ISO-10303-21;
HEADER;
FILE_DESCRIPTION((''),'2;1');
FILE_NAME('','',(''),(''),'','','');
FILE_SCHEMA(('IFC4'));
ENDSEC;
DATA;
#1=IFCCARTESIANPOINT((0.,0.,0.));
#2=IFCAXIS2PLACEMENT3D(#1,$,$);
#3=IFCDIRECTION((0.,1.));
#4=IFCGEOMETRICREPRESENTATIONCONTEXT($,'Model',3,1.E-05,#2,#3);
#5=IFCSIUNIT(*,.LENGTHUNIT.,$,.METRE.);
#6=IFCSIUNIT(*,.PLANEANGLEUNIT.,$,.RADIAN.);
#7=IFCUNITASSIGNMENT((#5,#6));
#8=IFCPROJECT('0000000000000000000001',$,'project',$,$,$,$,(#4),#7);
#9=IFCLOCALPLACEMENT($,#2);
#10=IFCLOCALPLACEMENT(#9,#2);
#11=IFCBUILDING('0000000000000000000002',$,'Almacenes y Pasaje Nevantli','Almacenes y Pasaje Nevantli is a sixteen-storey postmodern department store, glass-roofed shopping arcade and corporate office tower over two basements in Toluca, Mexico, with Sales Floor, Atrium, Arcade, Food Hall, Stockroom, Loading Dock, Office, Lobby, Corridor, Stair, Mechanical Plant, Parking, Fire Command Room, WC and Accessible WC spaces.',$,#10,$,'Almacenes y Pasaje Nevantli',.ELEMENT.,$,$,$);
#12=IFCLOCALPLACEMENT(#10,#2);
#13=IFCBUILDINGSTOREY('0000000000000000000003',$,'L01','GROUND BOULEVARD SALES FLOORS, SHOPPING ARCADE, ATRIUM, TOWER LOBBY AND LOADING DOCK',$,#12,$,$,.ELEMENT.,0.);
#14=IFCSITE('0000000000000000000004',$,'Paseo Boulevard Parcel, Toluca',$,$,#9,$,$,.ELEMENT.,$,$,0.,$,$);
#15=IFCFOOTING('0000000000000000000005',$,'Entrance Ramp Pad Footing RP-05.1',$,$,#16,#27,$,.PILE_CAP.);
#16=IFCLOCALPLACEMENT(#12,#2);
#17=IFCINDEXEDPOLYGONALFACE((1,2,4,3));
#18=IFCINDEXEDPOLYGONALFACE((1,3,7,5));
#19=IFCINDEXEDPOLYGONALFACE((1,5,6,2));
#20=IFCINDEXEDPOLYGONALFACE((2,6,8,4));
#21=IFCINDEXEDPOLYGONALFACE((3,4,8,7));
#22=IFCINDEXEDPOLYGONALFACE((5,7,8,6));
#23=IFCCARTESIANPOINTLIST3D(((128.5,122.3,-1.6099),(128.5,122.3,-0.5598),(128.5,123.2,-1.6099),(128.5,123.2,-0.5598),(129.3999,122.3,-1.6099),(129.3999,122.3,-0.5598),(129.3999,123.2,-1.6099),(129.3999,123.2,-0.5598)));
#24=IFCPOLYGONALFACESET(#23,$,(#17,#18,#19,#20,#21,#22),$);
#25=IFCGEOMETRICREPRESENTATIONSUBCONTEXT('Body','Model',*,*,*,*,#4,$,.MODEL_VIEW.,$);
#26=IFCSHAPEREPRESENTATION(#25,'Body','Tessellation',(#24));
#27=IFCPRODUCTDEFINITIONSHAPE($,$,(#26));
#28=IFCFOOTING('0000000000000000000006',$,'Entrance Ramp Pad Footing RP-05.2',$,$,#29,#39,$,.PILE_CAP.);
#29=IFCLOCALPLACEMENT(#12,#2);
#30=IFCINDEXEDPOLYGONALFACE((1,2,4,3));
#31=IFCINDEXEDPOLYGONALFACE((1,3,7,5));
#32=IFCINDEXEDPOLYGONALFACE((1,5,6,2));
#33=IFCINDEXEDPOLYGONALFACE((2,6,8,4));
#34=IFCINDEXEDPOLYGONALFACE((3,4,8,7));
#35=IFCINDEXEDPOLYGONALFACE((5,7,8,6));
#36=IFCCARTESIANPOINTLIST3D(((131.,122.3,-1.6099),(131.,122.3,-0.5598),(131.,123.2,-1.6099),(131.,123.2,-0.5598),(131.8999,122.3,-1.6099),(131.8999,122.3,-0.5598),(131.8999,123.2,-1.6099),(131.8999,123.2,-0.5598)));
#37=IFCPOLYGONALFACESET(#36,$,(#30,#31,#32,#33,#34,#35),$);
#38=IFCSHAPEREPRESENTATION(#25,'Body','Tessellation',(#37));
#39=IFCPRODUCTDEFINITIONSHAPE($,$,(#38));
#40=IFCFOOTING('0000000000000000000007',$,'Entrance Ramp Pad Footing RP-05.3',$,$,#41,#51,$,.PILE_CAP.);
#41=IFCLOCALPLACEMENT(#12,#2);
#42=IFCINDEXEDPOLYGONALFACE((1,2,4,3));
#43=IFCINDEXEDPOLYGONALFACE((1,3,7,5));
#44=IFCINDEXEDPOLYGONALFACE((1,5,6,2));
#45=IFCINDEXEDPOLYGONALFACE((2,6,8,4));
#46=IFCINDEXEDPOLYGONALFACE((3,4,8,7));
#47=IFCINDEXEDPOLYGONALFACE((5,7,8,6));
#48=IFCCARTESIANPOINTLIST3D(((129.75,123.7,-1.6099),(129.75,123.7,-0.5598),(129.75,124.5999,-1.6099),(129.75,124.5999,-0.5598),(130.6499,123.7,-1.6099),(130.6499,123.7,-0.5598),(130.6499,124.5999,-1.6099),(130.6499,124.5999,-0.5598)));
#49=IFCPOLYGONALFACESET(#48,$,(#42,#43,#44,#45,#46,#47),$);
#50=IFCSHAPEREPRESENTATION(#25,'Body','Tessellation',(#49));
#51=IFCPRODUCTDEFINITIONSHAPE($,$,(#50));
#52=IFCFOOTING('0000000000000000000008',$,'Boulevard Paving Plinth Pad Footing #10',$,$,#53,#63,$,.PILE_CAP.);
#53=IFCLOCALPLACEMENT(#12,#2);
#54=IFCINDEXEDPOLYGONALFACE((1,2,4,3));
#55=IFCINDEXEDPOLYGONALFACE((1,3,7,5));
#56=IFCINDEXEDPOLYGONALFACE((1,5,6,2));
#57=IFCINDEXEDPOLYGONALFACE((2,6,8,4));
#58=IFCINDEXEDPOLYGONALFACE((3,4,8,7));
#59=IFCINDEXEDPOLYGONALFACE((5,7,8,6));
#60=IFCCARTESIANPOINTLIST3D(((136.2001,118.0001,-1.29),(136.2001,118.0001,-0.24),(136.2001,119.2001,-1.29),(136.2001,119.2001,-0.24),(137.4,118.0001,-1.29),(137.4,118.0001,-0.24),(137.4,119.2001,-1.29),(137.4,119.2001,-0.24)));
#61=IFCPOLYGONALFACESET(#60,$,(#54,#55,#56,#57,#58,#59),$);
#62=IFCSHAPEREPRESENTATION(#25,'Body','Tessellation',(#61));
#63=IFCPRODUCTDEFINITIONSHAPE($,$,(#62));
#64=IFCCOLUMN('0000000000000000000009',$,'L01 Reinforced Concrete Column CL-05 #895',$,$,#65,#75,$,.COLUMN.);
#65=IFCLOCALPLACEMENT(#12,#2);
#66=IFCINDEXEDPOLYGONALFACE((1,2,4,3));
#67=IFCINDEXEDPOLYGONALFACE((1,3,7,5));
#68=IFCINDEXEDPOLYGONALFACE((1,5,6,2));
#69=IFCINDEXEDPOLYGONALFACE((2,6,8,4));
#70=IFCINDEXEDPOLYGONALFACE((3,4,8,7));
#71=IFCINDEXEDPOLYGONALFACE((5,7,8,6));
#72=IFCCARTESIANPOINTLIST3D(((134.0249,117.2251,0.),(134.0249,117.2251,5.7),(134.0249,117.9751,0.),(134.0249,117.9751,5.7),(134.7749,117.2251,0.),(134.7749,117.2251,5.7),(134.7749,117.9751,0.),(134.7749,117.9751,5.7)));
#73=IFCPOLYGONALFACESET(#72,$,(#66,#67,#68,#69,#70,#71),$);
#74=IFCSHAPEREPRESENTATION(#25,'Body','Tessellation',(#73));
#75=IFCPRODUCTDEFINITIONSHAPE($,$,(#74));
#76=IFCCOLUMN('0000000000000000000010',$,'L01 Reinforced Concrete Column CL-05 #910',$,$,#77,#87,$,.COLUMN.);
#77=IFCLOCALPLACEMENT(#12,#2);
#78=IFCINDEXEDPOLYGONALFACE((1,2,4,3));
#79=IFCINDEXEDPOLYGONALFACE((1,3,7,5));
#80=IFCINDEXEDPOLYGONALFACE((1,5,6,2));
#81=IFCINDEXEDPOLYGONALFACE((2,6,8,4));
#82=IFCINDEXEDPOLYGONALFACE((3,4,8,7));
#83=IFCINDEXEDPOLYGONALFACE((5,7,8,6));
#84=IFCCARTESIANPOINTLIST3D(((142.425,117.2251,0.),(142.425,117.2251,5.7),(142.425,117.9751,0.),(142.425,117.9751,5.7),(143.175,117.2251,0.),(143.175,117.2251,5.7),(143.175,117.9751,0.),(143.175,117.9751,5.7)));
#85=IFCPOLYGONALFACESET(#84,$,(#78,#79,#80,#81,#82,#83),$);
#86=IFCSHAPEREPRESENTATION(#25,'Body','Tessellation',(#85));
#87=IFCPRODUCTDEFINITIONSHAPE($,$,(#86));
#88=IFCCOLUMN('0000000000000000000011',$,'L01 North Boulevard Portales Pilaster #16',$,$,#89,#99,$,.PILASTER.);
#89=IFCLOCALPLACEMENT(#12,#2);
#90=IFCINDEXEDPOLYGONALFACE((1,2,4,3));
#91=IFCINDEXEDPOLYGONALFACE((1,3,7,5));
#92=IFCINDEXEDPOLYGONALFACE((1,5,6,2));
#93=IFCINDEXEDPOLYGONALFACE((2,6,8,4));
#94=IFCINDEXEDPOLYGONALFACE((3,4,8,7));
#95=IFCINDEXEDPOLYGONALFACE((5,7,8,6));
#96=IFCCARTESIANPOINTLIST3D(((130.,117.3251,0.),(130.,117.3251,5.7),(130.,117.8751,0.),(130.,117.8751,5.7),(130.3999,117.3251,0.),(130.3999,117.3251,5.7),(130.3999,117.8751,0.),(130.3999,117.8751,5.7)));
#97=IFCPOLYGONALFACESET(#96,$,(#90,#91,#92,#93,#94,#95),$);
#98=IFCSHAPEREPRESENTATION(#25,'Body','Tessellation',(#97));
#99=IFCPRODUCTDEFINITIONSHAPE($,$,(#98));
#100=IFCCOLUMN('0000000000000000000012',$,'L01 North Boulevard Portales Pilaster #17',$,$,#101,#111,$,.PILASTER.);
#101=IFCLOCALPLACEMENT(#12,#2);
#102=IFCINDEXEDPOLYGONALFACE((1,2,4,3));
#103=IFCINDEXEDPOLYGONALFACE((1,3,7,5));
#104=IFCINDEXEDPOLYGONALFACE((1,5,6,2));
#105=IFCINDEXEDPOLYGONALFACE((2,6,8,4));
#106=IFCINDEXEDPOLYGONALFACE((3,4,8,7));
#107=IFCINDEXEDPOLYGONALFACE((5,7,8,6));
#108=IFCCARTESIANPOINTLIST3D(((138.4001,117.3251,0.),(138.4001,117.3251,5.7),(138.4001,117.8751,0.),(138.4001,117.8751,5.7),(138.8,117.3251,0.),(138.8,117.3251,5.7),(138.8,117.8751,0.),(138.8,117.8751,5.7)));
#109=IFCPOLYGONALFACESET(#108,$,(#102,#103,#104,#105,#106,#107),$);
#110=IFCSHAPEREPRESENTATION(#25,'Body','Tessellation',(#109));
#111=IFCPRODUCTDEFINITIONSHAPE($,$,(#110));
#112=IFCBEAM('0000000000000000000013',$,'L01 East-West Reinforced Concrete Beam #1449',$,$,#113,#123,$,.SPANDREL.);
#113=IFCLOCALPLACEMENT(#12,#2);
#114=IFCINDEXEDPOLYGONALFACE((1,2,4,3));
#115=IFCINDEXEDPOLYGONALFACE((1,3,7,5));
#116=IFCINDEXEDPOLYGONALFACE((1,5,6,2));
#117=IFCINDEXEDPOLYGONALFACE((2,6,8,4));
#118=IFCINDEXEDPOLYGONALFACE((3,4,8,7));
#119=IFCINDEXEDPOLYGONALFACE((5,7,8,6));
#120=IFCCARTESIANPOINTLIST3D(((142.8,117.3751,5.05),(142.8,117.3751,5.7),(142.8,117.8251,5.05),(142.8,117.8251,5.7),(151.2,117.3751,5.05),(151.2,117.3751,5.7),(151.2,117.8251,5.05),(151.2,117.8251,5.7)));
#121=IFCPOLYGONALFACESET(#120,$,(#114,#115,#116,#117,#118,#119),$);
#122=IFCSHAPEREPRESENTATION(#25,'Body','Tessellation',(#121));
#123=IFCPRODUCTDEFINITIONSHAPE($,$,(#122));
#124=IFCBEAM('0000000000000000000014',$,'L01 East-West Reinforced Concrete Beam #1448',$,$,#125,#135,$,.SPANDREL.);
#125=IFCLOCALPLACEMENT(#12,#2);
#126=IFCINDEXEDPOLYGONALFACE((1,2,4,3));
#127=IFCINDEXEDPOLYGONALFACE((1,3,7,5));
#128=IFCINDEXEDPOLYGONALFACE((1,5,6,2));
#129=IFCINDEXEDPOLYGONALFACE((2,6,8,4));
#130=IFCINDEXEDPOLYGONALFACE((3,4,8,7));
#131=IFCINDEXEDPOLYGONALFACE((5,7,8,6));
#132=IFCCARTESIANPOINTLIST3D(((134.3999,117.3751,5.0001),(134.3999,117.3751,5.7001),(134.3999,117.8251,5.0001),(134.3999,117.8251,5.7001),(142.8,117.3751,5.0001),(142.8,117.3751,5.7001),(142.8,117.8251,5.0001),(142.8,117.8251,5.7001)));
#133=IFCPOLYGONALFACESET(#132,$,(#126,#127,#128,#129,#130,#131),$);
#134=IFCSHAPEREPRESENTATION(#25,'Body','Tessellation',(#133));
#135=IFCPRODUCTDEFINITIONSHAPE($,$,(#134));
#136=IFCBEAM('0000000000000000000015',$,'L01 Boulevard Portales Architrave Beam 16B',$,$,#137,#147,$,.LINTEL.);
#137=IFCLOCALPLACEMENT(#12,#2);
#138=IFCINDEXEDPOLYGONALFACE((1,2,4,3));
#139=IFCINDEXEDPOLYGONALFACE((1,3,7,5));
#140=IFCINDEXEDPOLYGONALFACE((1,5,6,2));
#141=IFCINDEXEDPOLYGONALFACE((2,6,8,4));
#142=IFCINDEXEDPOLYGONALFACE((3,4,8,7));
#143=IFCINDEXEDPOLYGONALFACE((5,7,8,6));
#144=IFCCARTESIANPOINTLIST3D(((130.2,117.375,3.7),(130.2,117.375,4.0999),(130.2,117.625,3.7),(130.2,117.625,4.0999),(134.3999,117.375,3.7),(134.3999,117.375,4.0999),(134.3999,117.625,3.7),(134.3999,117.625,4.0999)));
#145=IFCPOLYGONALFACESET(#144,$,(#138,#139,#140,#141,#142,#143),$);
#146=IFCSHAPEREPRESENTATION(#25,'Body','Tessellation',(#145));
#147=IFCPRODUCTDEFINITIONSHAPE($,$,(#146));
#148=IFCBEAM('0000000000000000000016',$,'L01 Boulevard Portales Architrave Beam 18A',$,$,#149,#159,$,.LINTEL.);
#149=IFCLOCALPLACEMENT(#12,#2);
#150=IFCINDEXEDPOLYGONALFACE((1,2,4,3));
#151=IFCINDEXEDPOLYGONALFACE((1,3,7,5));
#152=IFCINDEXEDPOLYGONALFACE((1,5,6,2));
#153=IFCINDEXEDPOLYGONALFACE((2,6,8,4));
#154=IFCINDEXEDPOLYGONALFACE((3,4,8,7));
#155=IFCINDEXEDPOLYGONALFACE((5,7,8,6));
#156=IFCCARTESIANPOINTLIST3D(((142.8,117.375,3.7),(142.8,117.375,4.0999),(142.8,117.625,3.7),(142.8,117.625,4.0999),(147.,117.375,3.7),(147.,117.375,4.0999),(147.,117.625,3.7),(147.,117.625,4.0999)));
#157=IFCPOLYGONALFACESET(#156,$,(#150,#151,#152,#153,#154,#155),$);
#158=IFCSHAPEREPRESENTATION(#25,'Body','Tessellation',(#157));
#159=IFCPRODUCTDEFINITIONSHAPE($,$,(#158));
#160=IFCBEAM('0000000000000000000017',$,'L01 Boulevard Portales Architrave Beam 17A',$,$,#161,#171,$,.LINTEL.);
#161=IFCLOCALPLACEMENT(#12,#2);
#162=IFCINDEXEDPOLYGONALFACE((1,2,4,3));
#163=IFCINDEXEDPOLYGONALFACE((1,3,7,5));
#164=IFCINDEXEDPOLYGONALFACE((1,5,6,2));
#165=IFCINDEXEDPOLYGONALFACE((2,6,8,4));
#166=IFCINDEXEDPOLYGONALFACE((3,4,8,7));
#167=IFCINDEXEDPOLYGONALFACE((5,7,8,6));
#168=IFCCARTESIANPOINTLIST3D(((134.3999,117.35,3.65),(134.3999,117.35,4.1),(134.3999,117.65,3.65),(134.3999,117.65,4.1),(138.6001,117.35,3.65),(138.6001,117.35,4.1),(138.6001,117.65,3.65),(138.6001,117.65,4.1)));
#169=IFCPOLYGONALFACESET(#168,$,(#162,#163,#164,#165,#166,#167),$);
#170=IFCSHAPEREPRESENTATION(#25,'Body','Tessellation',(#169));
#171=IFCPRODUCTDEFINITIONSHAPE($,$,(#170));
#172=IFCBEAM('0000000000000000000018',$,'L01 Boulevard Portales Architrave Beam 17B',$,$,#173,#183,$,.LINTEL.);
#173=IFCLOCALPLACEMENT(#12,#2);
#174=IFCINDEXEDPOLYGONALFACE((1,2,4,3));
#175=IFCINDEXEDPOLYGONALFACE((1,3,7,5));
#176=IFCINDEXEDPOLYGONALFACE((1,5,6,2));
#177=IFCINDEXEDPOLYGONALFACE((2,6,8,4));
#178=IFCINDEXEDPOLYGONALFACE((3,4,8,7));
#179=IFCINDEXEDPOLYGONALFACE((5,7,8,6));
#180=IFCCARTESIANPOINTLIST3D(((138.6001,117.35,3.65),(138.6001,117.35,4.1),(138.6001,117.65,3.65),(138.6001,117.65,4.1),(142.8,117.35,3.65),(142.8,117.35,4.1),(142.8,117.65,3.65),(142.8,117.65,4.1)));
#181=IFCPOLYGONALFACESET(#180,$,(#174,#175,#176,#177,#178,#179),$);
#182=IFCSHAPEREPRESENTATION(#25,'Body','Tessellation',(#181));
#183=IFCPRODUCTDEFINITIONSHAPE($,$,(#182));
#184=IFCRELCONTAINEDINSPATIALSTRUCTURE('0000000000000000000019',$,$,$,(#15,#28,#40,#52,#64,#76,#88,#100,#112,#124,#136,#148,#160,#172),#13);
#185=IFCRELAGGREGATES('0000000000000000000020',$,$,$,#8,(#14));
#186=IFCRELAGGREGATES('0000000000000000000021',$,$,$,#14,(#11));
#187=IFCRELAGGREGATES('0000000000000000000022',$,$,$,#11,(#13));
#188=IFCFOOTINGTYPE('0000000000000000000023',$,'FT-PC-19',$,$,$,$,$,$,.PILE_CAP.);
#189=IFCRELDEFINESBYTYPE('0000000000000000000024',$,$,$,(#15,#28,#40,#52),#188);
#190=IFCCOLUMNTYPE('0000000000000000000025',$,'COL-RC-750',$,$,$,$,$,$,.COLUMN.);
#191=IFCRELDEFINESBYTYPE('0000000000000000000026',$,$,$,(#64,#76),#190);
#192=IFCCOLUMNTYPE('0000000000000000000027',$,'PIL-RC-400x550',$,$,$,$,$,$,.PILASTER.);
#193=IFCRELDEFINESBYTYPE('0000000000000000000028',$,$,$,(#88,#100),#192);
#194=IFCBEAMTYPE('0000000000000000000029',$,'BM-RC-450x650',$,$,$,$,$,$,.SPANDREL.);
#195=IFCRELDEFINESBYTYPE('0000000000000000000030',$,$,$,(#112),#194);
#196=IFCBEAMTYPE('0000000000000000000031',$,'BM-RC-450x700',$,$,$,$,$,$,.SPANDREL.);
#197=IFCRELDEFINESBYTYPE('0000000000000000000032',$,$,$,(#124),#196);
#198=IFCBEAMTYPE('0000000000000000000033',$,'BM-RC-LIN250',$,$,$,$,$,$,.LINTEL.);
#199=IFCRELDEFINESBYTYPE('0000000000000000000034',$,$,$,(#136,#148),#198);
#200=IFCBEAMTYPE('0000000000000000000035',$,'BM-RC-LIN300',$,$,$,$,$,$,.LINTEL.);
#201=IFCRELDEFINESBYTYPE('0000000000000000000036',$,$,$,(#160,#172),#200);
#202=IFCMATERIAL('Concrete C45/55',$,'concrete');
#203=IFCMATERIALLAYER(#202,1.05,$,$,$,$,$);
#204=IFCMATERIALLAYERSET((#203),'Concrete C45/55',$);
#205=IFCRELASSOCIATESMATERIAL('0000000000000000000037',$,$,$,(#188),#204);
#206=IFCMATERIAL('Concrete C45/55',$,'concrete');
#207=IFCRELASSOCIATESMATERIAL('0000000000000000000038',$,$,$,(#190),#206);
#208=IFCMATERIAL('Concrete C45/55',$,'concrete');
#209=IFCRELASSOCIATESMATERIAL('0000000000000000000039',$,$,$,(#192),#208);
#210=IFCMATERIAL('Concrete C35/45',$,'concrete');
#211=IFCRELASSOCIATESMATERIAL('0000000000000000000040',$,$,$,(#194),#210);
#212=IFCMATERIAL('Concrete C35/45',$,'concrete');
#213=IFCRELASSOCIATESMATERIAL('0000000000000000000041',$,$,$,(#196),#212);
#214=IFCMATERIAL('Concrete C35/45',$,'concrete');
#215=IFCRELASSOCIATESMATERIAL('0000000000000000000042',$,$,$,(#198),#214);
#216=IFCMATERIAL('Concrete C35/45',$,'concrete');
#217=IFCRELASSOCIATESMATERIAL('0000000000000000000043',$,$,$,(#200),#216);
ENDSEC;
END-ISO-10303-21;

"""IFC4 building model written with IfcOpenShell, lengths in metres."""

from ifc_helpers import new_model, si_unit, direction, frame, origin, origin_2d, place, context, subcontext, project, spatial, rectangle, extrude, material, layer, layer_set, material_profile, profile_set, type_object, element, save


model = new_model("IFC4")

# Units and contexts
model_context = context("Model", 3, precision=1e-05, world=origin(), true_north=direction((0.0, 1.0)))
body_context = subcontext(model_context, "Body", "Model", "MODEL_VIEW")
ifc_project = project(units=[si_unit("LENGTHUNIT", "METRE"), si_unit("PLANEANGLEUNIT", "RADIAN")], contexts=[model_context])

# Site, building, storey
site_placement = place(None, origin())
site = spatial("IfcSite", under=ifc_project, at=site_placement, Name="Paseo Boulevard Parcel, Toluca", CompositionType="ELEMENT", RefElevation=0.0)
building_placement = place(site_placement, origin())
building = spatial("IfcBuilding", under=site, at=building_placement, Name="Almacenes y Pasaje Nevantli", Description="Almacenes y Pasaje Nevantli is a sixteen-storey postmodern department store, glass-roofed shopping arcade and corporate office tower over two basements in Toluca, Mexico, with Sales Floor, Atrium, Arcade, Food Hall, Stockroom, Loading Dock, Office, Lobby, Corridor, Stair, Mechanical Plant, Parking, Fire Command Room, WC and Accessible WC spaces.", LongName="Almacenes y Pasaje Nevantli", CompositionType="ELEMENT")
storey_placement = place(building_placement, origin())
storey = spatial("IfcBuildingStorey", under=building, at=storey_placement, Name="L01", Description="GROUND BOULEVARD SALES FLOORS, SHOPPING ARCADE, ATRIUM, TOWER LOBBY AND LOADING DOCK", CompositionType="ELEMENT", Elevation=0.0)

# Footings
ifc_material_1 = material(Name="Concrete C45/55", Category="concrete")
ifc_layer_1 = layer(ifc_material_1, 1.05)
ifc_layer_set_1 = layer_set([ifc_layer_1], Name="Concrete C45/55")
footing_type = type_object("IfcFootingType", Name="FT-PC-19", PredefinedType="PILE_CAP", material=ifc_layer_set_1)
for number, where, z_axis, x_axis, name in (
    (1, (128.95, 122.75, -1.6099), (0.0, 0.0, 1.0), (1.0, 0.0, 0.0), "Entrance Ramp Pad Footing RP-05.1"),
    (2, (131.45, 122.75, -1.6099), (0.0, 0.0, 1.0), (1.0, 0.0, 0.0), "Entrance Ramp Pad Footing RP-05.2"),
    (3, (130.2, 124.1499, -1.6099), (0.0, 0.0, 1.0), (1.0, 0.0, 0.0), "Entrance Ramp Pad Footing RP-05.3"),
):
    element("IfcFooting", number, at=place(storey_placement, frame(where, z_axis=z_axis, x_axis=x_axis)), inside=storey, type_object=footing_type, Name=name, PredefinedType="PILE_CAP", context=body_context, shape_type="SweptSolid", body=[
        extrude(rectangle(XDim=0.8999, YDim=0.8999, at=origin_2d()), origin(), (0.0, 0.0, 1.0), 1.05),
    ])
footing_placement = place(storey_placement, frame((136.8, 118.6001, -1.29), z_axis=(0.0, 0.0, 1.0), x_axis=(1.0, 0.0, 0.0)))
element("IfcFooting", 4, at=footing_placement, inside=storey, type_object=footing_type, Name="Boulevard Paving Plinth Pad Footing #10", PredefinedType="PILE_CAP", context=body_context, shape_type="SweptSolid", body=[
    extrude(rectangle(XDim=1.2, YDim=1.2, at=origin_2d()), origin(), (0.0, 0.0, 1.0), 1.05),
])

# Columns
ifc_material_2 = material(Name="Concrete C45/55", Category="concrete")
ifc_material_profile_1 = material_profile(ifc_material_2, rectangle(XDim=0.75, YDim=0.75, at=origin_2d()), Name="RC-COL-750x750")
ifc_profile_set_1 = profile_set([ifc_material_profile_1], Name="Concrete C45/55")
column_type_1 = type_object("IfcColumnType", Name="COL-RC-750", PredefinedType="COLUMN", material=ifc_profile_set_1)
for number, where, z_axis, x_axis, name in (
    (5, (134.3999, 117.6001, 0.0), (0.0, 0.0, 1.0), (1.0, 0.0, 0.0), "L01 Reinforced Concrete Column CL-05 #895"),
    (6, (142.8, 117.6001, 0.0), (0.0, 0.0, 1.0), (1.0, 0.0, 0.0), "L01 Reinforced Concrete Column CL-05 #910"),
):
    element("IfcColumn", number, at=place(storey_placement, frame(where, z_axis=z_axis, x_axis=x_axis)), inside=storey, type_object=column_type_1, Name=name, PredefinedType="COLUMN", context=body_context, shape_type="SweptSolid", body=[
        extrude(rectangle(XDim=0.75, YDim=0.75, at=origin_2d()), origin(), (0.0, 0.0, 1.0), 5.7),
    ])
ifc_material_3 = material(Name="Concrete C45/55", Category="concrete")
ifc_material_profile_2 = material_profile(ifc_material_3, rectangle(XDim=0.3999, YDim=0.55, at=origin_2d()), Name="RC-PIL-400x550")
ifc_profile_set_2 = profile_set([ifc_material_profile_2], Name="Concrete C45/55")
column_type_2 = type_object("IfcColumnType", Name="PIL-RC-400x550", PredefinedType="PILASTER", material=ifc_profile_set_2)
for number, where, z_axis, x_axis, name in (
    (7, (130.2, 117.6001, 0.0), (0.0, 0.0, 1.0), (1.0, 0.0, 0.0), "L01 North Boulevard Portales Pilaster #16"),
    (8, (138.6001, 117.6001, 0.0), (0.0, 0.0, 1.0), (1.0, 0.0, 0.0), "L01 North Boulevard Portales Pilaster #17"),
):
    element("IfcColumn", number, at=place(storey_placement, frame(where, z_axis=z_axis, x_axis=x_axis)), inside=storey, type_object=column_type_2, Name=name, PredefinedType="PILASTER", context=body_context, shape_type="SweptSolid", body=[
        extrude(rectangle(XDim=0.3999, YDim=0.55, at=origin_2d()), origin(), (0.0, 0.0, 1.0), 5.7),
    ])

# Beams
ifc_material_4 = material(Name="Concrete C35/45", Category="concrete")
ifc_material_profile_3 = material_profile(ifc_material_4, rectangle(XDim=0.45, YDim=0.6499, at=origin_2d()), Name="RC-BM-450x650")
ifc_profile_set_3 = profile_set([ifc_material_profile_3], Name="Concrete C35/45")
beam_type_1 = type_object("IfcBeamType", Name="BM-RC-450x650", PredefinedType="SPANDREL", material=ifc_profile_set_3)
beam_1_placement = place(storey_placement, frame((142.8, 117.6001, 5.375), z_axis=(1.0, 0.0, 0.0), x_axis=(0.0, 1.0, 0.0)))
element("IfcBeam", 9, at=beam_1_placement, inside=storey, type_object=beam_type_1, Name="L01 East-West Reinforced Concrete Beam #1449", PredefinedType="SPANDREL", context=body_context, shape_type="SweptSolid", body=[
    extrude(rectangle(XDim=0.45, YDim=0.6499, at=origin_2d()), origin(), (0.0, 0.0, 1.0), 8.3999),
])
ifc_material_5 = material(Name="Concrete C35/45", Category="concrete")
ifc_material_profile_4 = material_profile(ifc_material_5, rectangle(XDim=0.45, YDim=0.7, at=origin_2d()), Name="RC-BM-450x700")
ifc_profile_set_4 = profile_set([ifc_material_profile_4], Name="Concrete C35/45")
beam_type_2 = type_object("IfcBeamType", Name="BM-RC-450x700", PredefinedType="SPANDREL", material=ifc_profile_set_4)
beam_2_placement = place(storey_placement, frame((134.3999, 117.6001, 5.3501), z_axis=(1.0, 0.0, 0.0), x_axis=(0.0, 1.0, 0.0)))
element("IfcBeam", 10, at=beam_2_placement, inside=storey, type_object=beam_type_2, Name="L01 East-West Reinforced Concrete Beam #1448", PredefinedType="SPANDREL", context=body_context, shape_type="SweptSolid", body=[
    extrude(rectangle(XDim=0.45, YDim=0.7, at=origin_2d()), origin(), (0.0, 0.0, 1.0), 8.4001),
])
ifc_material_6 = material(Name="Concrete C35/45", Category="concrete")
ifc_material_profile_5 = material_profile(ifc_material_6, rectangle(XDim=0.25, YDim=0.3999, at=origin_2d()), Name="RC-LIN-250x400")
ifc_profile_set_5 = profile_set([ifc_material_profile_5], Name="Concrete C35/45")
beam_type_3 = type_object("IfcBeamType", Name="BM-RC-LIN250", PredefinedType="LINTEL", material=ifc_profile_set_5)
for number, where, z_axis, x_axis, name in (
    (11, (130.2, 117.5, 3.8999), (1.0, 0.0, 0.0), (0.0, 1.0, 0.0), "L01 Boulevard Portales Architrave Beam 16B"),
    (12, (142.8, 117.5, 3.8999), (1.0, 0.0, 0.0), (0.0, 1.0, 0.0), "L01 Boulevard Portales Architrave Beam 18A"),
):
    element("IfcBeam", number, at=place(storey_placement, frame(where, z_axis=z_axis, x_axis=x_axis)), inside=storey, type_object=beam_type_3, Name=name, PredefinedType="LINTEL", context=body_context, shape_type="SweptSolid", body=[
        extrude(rectangle(XDim=0.25, YDim=0.3999, at=origin_2d()), origin(), (0.0, 0.0, 1.0), 4.2),
    ])
ifc_material_7 = material(Name="Concrete C35/45", Category="concrete")
ifc_material_profile_6 = material_profile(ifc_material_7, rectangle(XDim=0.3, YDim=0.45, at=origin_2d()), Name="RC-LIN-300x450")
ifc_profile_set_6 = profile_set([ifc_material_profile_6], Name="Concrete C35/45")
beam_type_4 = type_object("IfcBeamType", Name="BM-RC-LIN300", PredefinedType="LINTEL", material=ifc_profile_set_6)
beam_3_placement = place(storey_placement, frame((134.3999, 117.5, 3.875), z_axis=(1.0, 0.0, 0.0), x_axis=(0.0, 1.0, 0.0)))
element("IfcBeam", 13, at=beam_3_placement, inside=storey, type_object=beam_type_4, Name="L01 Boulevard Portales Architrave Beam 17A", PredefinedType="LINTEL", context=body_context, shape_type="SweptSolid", body=[
    extrude(rectangle(XDim=0.3, YDim=0.45, at=origin_2d()), origin(), (0.0, 0.0, 1.0), 4.2002),
])
beam_4_placement = place(storey_placement, frame((138.6001, 117.5, 3.875), z_axis=(1.0, 0.0, 0.0), x_axis=(0.0, 1.0, 0.0)))
element("IfcBeam", 14, at=beam_4_placement, inside=storey, type_object=beam_type_4, Name="L01 Boulevard Portales Architrave Beam 17B", PredefinedType="LINTEL", context=body_context, shape_type="SweptSolid", body=[
    extrude(rectangle(XDim=0.3, YDim=0.45, at=origin_2d()), origin(), (0.0, 0.0, 1.0), 4.2),
])

save(model, "model.ifc")
